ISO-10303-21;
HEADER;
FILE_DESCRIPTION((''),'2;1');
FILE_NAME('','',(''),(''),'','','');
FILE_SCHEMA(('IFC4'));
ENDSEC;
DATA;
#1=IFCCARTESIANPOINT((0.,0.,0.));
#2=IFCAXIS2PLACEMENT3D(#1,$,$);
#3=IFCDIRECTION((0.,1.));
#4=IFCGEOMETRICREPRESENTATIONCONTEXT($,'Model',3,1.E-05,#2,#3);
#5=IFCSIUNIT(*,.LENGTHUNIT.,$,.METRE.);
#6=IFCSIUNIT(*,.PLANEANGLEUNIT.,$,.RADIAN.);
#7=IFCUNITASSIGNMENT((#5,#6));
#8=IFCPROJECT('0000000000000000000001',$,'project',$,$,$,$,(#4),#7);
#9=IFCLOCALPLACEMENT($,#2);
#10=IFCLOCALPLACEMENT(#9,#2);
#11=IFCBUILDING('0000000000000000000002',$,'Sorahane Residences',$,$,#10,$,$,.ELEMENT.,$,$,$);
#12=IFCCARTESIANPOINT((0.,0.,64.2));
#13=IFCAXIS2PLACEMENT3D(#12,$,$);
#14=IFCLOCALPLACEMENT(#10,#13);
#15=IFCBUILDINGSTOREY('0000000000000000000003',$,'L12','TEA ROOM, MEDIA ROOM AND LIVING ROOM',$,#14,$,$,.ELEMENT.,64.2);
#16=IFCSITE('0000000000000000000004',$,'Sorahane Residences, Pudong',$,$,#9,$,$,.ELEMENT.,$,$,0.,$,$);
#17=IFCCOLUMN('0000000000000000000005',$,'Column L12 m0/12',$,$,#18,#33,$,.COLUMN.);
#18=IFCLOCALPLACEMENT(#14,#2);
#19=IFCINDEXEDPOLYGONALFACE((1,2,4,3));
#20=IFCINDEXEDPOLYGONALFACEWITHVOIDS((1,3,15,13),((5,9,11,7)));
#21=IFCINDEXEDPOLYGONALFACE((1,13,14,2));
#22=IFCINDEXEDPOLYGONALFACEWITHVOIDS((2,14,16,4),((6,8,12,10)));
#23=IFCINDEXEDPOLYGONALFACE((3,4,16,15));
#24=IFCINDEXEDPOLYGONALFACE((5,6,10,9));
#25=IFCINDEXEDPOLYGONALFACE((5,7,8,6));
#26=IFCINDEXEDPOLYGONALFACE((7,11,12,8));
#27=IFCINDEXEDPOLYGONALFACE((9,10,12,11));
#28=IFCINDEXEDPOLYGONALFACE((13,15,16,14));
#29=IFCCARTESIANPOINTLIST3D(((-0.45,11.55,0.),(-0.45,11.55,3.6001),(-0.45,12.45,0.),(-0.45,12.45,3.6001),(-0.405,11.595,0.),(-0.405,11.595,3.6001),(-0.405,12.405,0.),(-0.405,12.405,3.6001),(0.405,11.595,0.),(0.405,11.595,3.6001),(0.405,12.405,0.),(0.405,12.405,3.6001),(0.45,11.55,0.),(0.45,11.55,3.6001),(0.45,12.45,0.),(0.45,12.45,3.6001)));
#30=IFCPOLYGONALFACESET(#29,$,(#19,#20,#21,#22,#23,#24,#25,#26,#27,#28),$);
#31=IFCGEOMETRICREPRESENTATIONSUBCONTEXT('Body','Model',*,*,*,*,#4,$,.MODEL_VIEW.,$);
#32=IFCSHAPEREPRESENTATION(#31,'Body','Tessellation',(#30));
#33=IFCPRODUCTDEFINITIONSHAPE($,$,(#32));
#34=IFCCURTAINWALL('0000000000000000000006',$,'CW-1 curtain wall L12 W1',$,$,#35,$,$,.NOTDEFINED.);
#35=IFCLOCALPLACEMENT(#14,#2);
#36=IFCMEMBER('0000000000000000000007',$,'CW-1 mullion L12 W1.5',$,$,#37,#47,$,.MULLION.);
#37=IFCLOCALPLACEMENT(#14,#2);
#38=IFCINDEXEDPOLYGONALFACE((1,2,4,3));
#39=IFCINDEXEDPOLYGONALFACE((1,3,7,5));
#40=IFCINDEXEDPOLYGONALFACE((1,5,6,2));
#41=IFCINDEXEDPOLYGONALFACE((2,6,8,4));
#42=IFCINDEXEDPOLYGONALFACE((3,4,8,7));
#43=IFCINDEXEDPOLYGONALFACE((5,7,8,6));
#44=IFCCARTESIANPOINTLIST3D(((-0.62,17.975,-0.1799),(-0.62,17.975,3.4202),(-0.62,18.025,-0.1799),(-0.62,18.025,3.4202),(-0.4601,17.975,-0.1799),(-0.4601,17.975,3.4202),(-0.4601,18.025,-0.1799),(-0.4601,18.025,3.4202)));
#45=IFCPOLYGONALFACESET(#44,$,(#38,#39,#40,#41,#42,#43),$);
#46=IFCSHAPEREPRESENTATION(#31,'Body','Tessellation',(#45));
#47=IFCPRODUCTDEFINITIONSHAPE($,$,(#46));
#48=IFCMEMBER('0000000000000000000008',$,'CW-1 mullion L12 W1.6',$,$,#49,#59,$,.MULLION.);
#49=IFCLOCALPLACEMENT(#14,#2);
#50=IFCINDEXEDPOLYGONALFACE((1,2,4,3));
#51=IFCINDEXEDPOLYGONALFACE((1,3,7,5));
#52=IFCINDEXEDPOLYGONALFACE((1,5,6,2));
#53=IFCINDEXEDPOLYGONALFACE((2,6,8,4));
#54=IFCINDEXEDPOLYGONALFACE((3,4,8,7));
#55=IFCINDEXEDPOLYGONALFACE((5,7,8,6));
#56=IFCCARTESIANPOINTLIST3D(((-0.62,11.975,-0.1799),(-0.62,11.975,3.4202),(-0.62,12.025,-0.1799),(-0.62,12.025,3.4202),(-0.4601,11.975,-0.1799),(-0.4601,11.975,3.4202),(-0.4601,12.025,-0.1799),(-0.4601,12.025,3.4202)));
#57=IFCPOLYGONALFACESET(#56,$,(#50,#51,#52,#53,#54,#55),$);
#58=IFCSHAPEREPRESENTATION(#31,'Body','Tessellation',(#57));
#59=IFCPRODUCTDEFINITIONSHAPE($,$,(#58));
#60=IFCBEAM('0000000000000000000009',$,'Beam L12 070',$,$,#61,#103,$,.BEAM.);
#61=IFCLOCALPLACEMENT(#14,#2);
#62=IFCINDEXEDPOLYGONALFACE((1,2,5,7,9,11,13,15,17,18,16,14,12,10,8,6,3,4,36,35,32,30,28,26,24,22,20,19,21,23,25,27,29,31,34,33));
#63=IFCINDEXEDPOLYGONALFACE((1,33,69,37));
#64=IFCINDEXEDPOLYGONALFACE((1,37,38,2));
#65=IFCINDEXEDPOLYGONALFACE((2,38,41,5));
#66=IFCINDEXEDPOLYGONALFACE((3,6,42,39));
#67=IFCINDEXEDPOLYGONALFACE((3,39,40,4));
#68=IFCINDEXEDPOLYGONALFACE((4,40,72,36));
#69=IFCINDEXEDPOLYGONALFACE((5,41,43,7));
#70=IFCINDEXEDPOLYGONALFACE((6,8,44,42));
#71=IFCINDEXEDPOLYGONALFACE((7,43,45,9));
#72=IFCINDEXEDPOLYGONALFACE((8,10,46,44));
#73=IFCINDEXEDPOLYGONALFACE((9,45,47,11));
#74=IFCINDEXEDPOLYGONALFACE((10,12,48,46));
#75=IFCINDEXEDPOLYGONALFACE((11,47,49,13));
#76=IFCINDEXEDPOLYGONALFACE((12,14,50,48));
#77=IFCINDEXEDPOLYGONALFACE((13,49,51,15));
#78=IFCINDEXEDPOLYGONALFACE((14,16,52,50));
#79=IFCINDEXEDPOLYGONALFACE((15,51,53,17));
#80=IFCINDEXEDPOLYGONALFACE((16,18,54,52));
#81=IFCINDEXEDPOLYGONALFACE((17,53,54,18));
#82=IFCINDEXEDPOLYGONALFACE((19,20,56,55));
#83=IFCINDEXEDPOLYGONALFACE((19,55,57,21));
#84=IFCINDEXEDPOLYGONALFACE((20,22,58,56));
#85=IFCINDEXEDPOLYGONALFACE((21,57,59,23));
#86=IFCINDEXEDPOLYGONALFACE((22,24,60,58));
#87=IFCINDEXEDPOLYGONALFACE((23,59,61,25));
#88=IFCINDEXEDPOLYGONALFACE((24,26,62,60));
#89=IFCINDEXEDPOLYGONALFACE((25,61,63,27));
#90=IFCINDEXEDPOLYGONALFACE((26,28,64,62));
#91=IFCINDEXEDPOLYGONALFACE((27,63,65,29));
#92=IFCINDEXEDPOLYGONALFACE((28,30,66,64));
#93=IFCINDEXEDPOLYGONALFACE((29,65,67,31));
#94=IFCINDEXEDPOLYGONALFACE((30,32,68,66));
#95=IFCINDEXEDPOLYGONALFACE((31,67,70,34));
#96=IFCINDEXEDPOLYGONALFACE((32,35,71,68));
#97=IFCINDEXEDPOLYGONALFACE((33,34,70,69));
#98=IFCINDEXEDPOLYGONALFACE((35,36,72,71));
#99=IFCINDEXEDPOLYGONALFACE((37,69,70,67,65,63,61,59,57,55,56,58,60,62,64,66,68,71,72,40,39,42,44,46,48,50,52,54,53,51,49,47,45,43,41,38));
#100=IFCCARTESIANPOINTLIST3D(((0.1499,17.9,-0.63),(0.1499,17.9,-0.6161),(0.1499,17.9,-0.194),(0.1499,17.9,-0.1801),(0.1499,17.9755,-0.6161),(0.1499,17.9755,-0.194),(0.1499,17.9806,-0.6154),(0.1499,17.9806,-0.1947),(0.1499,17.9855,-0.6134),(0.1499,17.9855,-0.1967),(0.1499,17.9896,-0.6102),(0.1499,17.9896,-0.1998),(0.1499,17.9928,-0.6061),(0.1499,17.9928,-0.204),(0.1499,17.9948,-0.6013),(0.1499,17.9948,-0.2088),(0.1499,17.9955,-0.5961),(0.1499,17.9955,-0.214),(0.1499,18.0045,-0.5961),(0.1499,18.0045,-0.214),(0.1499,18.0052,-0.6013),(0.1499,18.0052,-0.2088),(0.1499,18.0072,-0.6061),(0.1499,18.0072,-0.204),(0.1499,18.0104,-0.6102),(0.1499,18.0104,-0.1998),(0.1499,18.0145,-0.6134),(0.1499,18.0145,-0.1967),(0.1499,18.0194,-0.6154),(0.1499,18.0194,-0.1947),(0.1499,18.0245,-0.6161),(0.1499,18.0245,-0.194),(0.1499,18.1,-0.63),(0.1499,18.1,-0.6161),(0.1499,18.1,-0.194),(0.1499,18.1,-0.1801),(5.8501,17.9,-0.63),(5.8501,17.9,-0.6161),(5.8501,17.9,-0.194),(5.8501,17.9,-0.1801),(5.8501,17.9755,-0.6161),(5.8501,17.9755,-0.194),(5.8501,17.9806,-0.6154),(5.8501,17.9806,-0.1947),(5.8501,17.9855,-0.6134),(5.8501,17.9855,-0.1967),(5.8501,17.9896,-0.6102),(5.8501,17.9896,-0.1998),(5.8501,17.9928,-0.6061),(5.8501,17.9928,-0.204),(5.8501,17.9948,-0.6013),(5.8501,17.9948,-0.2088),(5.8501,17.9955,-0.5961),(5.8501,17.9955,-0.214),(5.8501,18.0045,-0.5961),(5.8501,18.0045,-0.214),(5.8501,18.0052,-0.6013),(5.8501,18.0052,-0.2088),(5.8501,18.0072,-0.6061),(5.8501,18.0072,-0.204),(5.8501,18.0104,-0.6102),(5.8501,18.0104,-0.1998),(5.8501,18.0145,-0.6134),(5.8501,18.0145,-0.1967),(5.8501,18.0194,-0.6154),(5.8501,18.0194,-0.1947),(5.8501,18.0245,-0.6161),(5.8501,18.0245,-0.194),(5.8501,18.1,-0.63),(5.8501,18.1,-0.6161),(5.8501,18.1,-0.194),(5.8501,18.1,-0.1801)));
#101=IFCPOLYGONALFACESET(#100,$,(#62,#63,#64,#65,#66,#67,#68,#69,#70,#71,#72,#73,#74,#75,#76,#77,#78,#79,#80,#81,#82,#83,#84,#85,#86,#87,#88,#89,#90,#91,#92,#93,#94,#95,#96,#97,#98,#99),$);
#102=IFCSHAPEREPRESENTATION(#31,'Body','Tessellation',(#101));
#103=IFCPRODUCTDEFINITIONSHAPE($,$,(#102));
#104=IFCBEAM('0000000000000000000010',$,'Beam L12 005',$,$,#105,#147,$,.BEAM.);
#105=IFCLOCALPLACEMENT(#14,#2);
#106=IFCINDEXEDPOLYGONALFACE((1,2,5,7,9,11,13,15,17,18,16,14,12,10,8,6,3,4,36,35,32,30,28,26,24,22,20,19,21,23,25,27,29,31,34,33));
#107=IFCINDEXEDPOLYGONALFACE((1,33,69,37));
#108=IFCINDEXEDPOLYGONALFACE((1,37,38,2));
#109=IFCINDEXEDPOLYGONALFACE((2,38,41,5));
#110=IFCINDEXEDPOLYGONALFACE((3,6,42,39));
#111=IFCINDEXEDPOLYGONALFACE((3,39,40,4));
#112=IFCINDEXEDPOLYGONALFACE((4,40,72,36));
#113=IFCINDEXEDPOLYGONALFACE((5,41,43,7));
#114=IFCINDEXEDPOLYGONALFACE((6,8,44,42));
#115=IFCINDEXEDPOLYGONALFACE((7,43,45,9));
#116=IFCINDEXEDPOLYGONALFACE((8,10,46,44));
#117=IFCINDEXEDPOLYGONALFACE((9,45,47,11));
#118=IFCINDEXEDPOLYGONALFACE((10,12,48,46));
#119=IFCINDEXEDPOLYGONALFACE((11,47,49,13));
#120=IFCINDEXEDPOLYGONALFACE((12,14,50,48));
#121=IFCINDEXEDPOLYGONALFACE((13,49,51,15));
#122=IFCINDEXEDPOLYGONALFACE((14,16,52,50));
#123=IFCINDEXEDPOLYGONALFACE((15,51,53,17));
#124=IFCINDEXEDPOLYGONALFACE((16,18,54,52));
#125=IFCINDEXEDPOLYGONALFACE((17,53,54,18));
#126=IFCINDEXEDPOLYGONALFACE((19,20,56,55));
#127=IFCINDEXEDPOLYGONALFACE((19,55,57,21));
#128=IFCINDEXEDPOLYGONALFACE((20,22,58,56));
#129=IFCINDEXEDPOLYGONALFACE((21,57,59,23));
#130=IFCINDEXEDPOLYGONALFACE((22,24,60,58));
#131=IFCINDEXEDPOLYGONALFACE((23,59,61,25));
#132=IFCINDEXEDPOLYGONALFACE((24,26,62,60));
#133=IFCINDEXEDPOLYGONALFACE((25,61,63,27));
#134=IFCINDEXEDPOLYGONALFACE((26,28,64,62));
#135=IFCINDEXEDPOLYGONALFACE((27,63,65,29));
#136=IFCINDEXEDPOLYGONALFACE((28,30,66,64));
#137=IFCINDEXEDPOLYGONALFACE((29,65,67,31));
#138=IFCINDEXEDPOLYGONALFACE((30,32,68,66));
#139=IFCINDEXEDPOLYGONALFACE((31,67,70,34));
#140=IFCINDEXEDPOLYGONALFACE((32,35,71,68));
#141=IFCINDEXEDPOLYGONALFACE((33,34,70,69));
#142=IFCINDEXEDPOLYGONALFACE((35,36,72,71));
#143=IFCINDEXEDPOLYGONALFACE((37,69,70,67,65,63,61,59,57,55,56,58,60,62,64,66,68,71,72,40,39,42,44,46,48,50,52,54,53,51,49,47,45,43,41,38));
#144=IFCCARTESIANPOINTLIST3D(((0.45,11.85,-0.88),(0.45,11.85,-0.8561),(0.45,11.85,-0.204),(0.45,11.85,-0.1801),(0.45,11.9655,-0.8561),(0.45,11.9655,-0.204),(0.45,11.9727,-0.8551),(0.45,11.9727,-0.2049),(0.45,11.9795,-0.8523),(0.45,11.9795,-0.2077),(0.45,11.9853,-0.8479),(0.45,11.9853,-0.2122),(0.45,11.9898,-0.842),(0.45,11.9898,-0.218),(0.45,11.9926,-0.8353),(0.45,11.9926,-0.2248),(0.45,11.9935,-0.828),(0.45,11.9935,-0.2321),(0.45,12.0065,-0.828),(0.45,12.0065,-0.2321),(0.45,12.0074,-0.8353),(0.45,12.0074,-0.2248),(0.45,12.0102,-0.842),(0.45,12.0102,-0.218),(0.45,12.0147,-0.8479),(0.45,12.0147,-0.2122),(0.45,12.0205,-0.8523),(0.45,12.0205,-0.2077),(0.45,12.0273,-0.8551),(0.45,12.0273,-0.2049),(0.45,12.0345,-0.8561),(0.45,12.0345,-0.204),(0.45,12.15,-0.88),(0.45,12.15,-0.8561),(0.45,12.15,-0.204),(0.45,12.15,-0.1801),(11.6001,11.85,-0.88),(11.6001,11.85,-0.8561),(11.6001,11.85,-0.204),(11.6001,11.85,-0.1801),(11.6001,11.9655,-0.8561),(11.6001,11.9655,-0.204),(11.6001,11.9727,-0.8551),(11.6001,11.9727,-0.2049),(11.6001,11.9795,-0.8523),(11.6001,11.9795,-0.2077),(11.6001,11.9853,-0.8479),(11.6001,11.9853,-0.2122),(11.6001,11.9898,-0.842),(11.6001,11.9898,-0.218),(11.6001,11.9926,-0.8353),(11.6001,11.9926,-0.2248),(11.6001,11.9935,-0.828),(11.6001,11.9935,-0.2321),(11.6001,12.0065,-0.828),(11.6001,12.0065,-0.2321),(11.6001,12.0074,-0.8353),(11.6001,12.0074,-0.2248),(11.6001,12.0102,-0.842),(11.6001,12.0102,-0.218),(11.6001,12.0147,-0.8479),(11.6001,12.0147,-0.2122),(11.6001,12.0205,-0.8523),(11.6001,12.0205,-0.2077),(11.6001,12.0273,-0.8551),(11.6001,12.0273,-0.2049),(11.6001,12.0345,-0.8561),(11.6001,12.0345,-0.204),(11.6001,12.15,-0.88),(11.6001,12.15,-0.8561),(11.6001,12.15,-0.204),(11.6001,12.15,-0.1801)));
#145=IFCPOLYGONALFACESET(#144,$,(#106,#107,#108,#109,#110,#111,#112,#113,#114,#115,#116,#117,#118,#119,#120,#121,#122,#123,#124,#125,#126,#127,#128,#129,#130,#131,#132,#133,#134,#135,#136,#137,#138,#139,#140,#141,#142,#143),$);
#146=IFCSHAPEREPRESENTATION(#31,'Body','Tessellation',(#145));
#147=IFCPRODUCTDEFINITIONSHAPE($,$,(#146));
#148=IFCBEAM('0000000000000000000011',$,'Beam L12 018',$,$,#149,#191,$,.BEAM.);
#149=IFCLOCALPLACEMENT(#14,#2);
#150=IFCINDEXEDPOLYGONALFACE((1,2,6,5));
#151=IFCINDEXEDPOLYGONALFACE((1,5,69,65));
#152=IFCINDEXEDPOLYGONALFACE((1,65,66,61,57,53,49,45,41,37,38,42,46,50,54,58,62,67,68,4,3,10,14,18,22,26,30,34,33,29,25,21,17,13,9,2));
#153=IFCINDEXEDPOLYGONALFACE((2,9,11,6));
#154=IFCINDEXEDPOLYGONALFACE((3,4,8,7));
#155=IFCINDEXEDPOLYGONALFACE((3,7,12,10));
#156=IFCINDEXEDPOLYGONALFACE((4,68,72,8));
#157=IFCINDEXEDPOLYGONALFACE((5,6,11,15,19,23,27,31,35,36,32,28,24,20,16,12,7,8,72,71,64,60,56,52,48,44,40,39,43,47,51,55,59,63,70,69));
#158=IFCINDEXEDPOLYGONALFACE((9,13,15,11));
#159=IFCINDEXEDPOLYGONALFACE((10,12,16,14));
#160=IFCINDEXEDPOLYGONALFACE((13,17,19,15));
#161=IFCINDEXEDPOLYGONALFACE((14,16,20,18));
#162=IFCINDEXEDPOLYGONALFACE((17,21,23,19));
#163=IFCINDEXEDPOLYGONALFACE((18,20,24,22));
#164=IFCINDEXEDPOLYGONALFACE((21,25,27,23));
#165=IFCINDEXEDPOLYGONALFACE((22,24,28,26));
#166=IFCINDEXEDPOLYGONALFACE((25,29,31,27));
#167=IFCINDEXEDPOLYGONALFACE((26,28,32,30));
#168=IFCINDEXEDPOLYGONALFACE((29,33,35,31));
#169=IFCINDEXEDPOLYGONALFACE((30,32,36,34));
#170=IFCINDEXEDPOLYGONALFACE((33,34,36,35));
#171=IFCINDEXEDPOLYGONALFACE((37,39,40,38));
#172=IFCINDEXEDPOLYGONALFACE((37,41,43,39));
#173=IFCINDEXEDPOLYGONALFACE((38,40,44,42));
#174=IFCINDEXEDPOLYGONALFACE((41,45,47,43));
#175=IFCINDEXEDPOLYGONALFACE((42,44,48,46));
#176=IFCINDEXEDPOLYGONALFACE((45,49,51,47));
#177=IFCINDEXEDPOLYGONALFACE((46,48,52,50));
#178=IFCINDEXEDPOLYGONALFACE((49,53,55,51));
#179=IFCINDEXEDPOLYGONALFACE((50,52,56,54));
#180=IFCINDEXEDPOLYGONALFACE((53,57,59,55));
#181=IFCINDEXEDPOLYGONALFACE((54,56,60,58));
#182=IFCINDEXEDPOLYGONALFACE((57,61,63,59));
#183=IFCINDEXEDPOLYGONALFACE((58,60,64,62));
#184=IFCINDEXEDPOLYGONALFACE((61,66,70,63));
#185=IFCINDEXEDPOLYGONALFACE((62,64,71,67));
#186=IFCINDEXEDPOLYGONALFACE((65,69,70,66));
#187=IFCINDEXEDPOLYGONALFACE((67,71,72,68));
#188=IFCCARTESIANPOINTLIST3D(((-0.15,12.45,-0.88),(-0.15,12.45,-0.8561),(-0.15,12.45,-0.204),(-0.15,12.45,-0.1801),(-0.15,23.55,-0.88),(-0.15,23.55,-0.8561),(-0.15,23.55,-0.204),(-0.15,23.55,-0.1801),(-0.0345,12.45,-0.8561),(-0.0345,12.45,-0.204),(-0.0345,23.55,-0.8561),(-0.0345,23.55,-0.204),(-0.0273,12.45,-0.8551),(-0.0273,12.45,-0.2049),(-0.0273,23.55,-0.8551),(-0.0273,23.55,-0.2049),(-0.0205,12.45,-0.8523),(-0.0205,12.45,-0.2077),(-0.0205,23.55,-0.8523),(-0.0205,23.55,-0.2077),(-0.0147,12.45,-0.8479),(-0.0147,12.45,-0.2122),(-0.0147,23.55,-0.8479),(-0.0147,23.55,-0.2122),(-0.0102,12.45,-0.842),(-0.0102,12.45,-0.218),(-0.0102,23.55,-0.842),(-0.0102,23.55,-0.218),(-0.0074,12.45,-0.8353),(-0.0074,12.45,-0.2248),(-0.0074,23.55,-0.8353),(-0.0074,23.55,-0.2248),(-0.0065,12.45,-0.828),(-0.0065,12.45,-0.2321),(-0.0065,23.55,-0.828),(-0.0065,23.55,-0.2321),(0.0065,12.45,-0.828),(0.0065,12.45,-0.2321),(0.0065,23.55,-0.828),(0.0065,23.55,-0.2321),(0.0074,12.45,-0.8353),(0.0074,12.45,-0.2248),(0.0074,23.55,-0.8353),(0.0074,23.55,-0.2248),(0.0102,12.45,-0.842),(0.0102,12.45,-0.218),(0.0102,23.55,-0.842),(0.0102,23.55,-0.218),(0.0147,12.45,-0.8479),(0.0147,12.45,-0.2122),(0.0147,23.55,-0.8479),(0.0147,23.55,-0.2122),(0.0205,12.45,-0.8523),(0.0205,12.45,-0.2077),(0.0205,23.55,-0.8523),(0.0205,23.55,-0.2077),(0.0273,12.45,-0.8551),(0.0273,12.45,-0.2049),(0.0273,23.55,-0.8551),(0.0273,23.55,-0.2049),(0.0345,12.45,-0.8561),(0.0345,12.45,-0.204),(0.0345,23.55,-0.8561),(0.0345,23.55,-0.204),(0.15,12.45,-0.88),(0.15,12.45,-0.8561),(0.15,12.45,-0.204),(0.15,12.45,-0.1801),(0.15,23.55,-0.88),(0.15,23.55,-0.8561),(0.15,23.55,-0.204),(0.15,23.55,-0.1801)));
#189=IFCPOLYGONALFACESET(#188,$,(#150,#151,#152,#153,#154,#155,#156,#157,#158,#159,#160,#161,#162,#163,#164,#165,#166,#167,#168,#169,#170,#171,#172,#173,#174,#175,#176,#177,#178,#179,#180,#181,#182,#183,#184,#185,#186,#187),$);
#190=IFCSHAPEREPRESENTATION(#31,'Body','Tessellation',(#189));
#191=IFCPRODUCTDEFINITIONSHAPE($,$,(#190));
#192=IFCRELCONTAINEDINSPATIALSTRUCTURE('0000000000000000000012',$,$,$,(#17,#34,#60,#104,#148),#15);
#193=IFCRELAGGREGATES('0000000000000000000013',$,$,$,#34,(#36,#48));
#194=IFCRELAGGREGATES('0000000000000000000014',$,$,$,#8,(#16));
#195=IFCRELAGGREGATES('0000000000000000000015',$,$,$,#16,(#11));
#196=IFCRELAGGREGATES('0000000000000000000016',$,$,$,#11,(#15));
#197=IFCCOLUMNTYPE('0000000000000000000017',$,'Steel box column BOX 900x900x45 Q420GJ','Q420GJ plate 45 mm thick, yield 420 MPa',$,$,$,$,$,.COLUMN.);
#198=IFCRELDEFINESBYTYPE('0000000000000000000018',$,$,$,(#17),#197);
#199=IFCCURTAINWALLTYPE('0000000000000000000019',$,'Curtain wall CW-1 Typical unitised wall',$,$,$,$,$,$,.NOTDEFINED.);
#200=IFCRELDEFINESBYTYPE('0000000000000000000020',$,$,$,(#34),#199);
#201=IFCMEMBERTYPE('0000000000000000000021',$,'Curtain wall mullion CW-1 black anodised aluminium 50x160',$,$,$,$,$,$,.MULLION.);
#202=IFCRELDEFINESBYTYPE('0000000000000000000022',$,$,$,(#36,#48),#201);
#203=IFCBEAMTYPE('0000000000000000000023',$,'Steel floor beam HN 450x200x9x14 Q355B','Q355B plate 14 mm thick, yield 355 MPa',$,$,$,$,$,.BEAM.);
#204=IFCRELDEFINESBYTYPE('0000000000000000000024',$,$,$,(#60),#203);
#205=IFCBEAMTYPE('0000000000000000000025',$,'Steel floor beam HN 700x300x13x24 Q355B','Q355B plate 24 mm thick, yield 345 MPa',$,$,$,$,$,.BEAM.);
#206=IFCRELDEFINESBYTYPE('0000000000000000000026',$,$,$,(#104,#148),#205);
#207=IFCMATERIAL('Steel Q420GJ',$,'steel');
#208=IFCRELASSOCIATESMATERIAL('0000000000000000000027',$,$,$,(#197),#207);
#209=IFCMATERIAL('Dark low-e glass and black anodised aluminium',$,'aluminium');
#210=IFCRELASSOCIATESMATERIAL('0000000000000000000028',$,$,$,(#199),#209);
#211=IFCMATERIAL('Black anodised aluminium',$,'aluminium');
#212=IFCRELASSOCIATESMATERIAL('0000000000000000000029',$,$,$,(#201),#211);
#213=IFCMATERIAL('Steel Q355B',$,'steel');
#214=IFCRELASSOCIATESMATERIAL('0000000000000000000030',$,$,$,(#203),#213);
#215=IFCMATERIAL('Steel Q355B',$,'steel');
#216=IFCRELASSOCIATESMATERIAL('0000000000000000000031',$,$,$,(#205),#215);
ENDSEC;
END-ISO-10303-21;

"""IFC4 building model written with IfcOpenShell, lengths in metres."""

from ifc_helpers import new_model, si_unit, direction, frame, origin, origin_2d, place, context, subcontext, project, spatial, rectangle, hollow_rectangle, i_section, extrude, material, material_profile, profile_set, type_object, element, aggregate, save


model = new_model("IFC4")

# Units and contexts
model_context = context("Model", 3, precision=1e-05, world=origin(), true_north=direction((0.0, 1.0)))
body_context = subcontext(model_context, "Body", "Model", "MODEL_VIEW")
ifc_project = project(units=[si_unit("LENGTHUNIT", "METRE"), si_unit("PLANEANGLEUNIT", "RADIAN")], contexts=[model_context])

# Site, building, storey
site_placement = place(None, origin())
site = spatial("IfcSite", under=ifc_project, at=site_placement, Name="Sorahane Residences, Pudong", CompositionType="ELEMENT", RefElevation=0.0)
building_placement = place(site_placement, origin())
building = spatial("IfcBuilding", under=site, at=building_placement, Name="Sorahane Residences", CompositionType="ELEMENT")
storey_placement = place(building_placement, frame((0.0, 0.0, 64.2)))
storey = spatial("IfcBuildingStorey", under=building, at=storey_placement, Name="L12", Description="TEA ROOM, MEDIA ROOM AND LIVING ROOM", CompositionType="ELEMENT", Elevation=64.2)

# Column
ifc_material_1 = material(Name="Steel Q420GJ", Category="steel")
ifc_material_profile_1 = material_profile(ifc_material_1, hollow_rectangle(XDim=0.8999, YDim=0.8999, WallThickness=0.0449, at=origin_2d()), Name="BOX 900x900x45")
ifc_profile_set_1 = profile_set([ifc_material_profile_1], Name="Steel Q420GJ")
column_type = type_object("IfcColumnType", Name="Steel box column BOX 900x900x45 Q420GJ", Description="Q420GJ plate 45 mm thick, yield 420 MPa", PredefinedType="COLUMN", material=ifc_profile_set_1)
column_placement = place(storey_placement, frame((0.0, 12.0, 0.0), z_axis=(0.0, 0.0, 1.0), x_axis=(1.0, 0.0, 0.0)))
element("IfcColumn", 1, at=column_placement, inside=storey, type_object=column_type, Name="Column L12 m0/12", PredefinedType="COLUMN", context=body_context, shape_type="SweptSolid", body=[
    extrude(hollow_rectangle(XDim=0.8999, YDim=0.8999, WallThickness=0.0449, at=origin_2d()), origin(), (0.0, 0.0, 1.0), 3.6001),
])

# Curtain wall, members
ifc_material_2 = material(Name="Dark low-e glass and black anodised aluminium", Category="aluminium")
curtain_wall_type = type_object("IfcCurtainWallType", Name="Curtain wall CW-1 Typical unitised wall", PredefinedType="NOTDEFINED", material=ifc_material_2)
curtain_wall_placement = place(storey_placement, origin())
curtain_wall = element("IfcCurtainWall", 2, at=curtain_wall_placement, inside=storey, type_object=curtain_wall_type, Name="CW-1 curtain wall L12 W1", PredefinedType="NOTDEFINED")
ifc_material_3 = material(Name="Black anodised aluminium", Category="aluminium")
ifc_material_profile_2 = material_profile(ifc_material_3, rectangle(XDim=0.1599, YDim=0.05, at=origin_2d()), Name="Curtain wall mullion CW-1 black anodised aluminium 50x160")
ifc_profile_set_2 = profile_set([ifc_material_profile_2], Name="Black anodised aluminium")
member_type = type_object("IfcMemberType", Name="Curtain wall mullion CW-1 black anodised aluminium 50x160", PredefinedType="MULLION", material=ifc_profile_set_2)
member_1_placement = place(storey_placement, frame((-0.54, 18.0, -0.1799), z_axis=(0.0, 0.0, 1.0), x_axis=(-1.0, 0.0, 0.0)))
member_1 = element("IfcMember", 3, at=member_1_placement, type_object=member_type, Name="CW-1 mullion L12 W1.5", PredefinedType="MULLION", context=body_context, shape_type="SweptSolid", body=[
    extrude(rectangle(XDim=0.1599, YDim=0.05, at=origin_2d()), origin(), (0.0, 0.0, 1.0), 3.6001),
])
member_2_placement = place(storey_placement, frame((-0.54, 12.0, -0.1799), z_axis=(0.0, 0.0, 1.0), x_axis=(-1.0, 0.0, 0.0)))
member_2 = element("IfcMember", 4, at=member_2_placement, type_object=member_type, Name="CW-1 mullion L12 W1.6", PredefinedType="MULLION", context=body_context, shape_type="SweptSolid", body=[
    extrude(rectangle(XDim=0.1599, YDim=0.05, at=origin_2d()), origin(), (0.0, 0.0, 1.0), 3.6001),
])

# Beams
ifc_material_4 = material(Name="Steel Q355B", Category="steel")
ifc_material_profile_3 = material_profile(ifc_material_4, i_section(OverallWidth=0.2, OverallDepth=0.45, WebThickness=0.009, FlangeThickness=0.0139, FilletRadius=0.02, at=origin_2d()), Name="HN 450x200x9x14")
ifc_profile_set_3 = profile_set([ifc_material_profile_3], Name="Steel Q355B")
beam_type_1 = type_object("IfcBeamType", Name="Steel floor beam HN 450x200x9x14 Q355B", Description="Q355B plate 14 mm thick, yield 355 MPa", PredefinedType="BEAM", material=ifc_profile_set_3)
beam_1_placement = place(storey_placement, frame((0.1499, 18.0, -0.405), z_axis=(1.0, 0.0, 0.0), x_axis=(0.0, 1.0, 0.0)))
element("IfcBeam", 5, at=beam_1_placement, inside=storey, type_object=beam_type_1, Name="Beam L12 070", PredefinedType="BEAM", context=body_context, shape_type="SweptSolid", body=[
    extrude(i_section(OverallWidth=0.2, OverallDepth=0.45, WebThickness=0.009, FlangeThickness=0.0139, FilletRadius=0.02, at=origin_2d()), origin(), (0.0, 0.0, 1.0), 5.7002),
])
ifc_material_5 = material(Name="Steel Q355B", Category="steel")
ifc_material_profile_4 = material_profile(ifc_material_5, i_section(OverallWidth=0.3, OverallDepth=0.7, WebThickness=0.0129, FlangeThickness=0.0239, FilletRadius=0.0281, at=origin_2d()), Name="HN 700x300x13x24")
ifc_profile_set_4 = profile_set([ifc_material_profile_4], Name="Steel Q355B")
beam_type_2 = type_object("IfcBeamType", Name="Steel floor beam HN 700x300x13x24 Q355B", Description="Q355B plate 24 mm thick, yield 345 MPa", PredefinedType="BEAM", material=ifc_profile_set_4)
beam_2_placement = place(storey_placement, frame((0.45, 12.0, -0.53), z_axis=(1.0, 0.0, 0.0), x_axis=(0.0, 1.0, 0.0)))
element("IfcBeam", 6, at=beam_2_placement, inside=storey, type_object=beam_type_2, Name="Beam L12 005", PredefinedType="BEAM", context=body_context, shape_type="SweptSolid", body=[
    extrude(i_section(OverallWidth=0.3, OverallDepth=0.7, WebThickness=0.0129, FlangeThickness=0.0239, FilletRadius=0.0281, at=origin_2d()), origin(), (0.0, 0.0, 1.0), 11.1501),
])
beam_3_placement = place(storey_placement, frame((0.0, 12.45, -0.53), z_axis=(0.0, 1.0, 0.0), x_axis=(-1.0, 0.0, 0.0)))
element("IfcBeam", 7, at=beam_3_placement, inside=storey, type_object=beam_type_2, Name="Beam L12 018", PredefinedType="BEAM", context=body_context, shape_type="SweptSolid", body=[
    extrude(i_section(OverallWidth=0.3, OverallDepth=0.7, WebThickness=0.0129, FlangeThickness=0.0239, FilletRadius=0.0281, at=origin_2d()), origin(), (0.0, 0.0, 1.0), 11.1001),
])

aggregate(curtain_wall, [member_1, member_2])

save(model, "model.ifc")
